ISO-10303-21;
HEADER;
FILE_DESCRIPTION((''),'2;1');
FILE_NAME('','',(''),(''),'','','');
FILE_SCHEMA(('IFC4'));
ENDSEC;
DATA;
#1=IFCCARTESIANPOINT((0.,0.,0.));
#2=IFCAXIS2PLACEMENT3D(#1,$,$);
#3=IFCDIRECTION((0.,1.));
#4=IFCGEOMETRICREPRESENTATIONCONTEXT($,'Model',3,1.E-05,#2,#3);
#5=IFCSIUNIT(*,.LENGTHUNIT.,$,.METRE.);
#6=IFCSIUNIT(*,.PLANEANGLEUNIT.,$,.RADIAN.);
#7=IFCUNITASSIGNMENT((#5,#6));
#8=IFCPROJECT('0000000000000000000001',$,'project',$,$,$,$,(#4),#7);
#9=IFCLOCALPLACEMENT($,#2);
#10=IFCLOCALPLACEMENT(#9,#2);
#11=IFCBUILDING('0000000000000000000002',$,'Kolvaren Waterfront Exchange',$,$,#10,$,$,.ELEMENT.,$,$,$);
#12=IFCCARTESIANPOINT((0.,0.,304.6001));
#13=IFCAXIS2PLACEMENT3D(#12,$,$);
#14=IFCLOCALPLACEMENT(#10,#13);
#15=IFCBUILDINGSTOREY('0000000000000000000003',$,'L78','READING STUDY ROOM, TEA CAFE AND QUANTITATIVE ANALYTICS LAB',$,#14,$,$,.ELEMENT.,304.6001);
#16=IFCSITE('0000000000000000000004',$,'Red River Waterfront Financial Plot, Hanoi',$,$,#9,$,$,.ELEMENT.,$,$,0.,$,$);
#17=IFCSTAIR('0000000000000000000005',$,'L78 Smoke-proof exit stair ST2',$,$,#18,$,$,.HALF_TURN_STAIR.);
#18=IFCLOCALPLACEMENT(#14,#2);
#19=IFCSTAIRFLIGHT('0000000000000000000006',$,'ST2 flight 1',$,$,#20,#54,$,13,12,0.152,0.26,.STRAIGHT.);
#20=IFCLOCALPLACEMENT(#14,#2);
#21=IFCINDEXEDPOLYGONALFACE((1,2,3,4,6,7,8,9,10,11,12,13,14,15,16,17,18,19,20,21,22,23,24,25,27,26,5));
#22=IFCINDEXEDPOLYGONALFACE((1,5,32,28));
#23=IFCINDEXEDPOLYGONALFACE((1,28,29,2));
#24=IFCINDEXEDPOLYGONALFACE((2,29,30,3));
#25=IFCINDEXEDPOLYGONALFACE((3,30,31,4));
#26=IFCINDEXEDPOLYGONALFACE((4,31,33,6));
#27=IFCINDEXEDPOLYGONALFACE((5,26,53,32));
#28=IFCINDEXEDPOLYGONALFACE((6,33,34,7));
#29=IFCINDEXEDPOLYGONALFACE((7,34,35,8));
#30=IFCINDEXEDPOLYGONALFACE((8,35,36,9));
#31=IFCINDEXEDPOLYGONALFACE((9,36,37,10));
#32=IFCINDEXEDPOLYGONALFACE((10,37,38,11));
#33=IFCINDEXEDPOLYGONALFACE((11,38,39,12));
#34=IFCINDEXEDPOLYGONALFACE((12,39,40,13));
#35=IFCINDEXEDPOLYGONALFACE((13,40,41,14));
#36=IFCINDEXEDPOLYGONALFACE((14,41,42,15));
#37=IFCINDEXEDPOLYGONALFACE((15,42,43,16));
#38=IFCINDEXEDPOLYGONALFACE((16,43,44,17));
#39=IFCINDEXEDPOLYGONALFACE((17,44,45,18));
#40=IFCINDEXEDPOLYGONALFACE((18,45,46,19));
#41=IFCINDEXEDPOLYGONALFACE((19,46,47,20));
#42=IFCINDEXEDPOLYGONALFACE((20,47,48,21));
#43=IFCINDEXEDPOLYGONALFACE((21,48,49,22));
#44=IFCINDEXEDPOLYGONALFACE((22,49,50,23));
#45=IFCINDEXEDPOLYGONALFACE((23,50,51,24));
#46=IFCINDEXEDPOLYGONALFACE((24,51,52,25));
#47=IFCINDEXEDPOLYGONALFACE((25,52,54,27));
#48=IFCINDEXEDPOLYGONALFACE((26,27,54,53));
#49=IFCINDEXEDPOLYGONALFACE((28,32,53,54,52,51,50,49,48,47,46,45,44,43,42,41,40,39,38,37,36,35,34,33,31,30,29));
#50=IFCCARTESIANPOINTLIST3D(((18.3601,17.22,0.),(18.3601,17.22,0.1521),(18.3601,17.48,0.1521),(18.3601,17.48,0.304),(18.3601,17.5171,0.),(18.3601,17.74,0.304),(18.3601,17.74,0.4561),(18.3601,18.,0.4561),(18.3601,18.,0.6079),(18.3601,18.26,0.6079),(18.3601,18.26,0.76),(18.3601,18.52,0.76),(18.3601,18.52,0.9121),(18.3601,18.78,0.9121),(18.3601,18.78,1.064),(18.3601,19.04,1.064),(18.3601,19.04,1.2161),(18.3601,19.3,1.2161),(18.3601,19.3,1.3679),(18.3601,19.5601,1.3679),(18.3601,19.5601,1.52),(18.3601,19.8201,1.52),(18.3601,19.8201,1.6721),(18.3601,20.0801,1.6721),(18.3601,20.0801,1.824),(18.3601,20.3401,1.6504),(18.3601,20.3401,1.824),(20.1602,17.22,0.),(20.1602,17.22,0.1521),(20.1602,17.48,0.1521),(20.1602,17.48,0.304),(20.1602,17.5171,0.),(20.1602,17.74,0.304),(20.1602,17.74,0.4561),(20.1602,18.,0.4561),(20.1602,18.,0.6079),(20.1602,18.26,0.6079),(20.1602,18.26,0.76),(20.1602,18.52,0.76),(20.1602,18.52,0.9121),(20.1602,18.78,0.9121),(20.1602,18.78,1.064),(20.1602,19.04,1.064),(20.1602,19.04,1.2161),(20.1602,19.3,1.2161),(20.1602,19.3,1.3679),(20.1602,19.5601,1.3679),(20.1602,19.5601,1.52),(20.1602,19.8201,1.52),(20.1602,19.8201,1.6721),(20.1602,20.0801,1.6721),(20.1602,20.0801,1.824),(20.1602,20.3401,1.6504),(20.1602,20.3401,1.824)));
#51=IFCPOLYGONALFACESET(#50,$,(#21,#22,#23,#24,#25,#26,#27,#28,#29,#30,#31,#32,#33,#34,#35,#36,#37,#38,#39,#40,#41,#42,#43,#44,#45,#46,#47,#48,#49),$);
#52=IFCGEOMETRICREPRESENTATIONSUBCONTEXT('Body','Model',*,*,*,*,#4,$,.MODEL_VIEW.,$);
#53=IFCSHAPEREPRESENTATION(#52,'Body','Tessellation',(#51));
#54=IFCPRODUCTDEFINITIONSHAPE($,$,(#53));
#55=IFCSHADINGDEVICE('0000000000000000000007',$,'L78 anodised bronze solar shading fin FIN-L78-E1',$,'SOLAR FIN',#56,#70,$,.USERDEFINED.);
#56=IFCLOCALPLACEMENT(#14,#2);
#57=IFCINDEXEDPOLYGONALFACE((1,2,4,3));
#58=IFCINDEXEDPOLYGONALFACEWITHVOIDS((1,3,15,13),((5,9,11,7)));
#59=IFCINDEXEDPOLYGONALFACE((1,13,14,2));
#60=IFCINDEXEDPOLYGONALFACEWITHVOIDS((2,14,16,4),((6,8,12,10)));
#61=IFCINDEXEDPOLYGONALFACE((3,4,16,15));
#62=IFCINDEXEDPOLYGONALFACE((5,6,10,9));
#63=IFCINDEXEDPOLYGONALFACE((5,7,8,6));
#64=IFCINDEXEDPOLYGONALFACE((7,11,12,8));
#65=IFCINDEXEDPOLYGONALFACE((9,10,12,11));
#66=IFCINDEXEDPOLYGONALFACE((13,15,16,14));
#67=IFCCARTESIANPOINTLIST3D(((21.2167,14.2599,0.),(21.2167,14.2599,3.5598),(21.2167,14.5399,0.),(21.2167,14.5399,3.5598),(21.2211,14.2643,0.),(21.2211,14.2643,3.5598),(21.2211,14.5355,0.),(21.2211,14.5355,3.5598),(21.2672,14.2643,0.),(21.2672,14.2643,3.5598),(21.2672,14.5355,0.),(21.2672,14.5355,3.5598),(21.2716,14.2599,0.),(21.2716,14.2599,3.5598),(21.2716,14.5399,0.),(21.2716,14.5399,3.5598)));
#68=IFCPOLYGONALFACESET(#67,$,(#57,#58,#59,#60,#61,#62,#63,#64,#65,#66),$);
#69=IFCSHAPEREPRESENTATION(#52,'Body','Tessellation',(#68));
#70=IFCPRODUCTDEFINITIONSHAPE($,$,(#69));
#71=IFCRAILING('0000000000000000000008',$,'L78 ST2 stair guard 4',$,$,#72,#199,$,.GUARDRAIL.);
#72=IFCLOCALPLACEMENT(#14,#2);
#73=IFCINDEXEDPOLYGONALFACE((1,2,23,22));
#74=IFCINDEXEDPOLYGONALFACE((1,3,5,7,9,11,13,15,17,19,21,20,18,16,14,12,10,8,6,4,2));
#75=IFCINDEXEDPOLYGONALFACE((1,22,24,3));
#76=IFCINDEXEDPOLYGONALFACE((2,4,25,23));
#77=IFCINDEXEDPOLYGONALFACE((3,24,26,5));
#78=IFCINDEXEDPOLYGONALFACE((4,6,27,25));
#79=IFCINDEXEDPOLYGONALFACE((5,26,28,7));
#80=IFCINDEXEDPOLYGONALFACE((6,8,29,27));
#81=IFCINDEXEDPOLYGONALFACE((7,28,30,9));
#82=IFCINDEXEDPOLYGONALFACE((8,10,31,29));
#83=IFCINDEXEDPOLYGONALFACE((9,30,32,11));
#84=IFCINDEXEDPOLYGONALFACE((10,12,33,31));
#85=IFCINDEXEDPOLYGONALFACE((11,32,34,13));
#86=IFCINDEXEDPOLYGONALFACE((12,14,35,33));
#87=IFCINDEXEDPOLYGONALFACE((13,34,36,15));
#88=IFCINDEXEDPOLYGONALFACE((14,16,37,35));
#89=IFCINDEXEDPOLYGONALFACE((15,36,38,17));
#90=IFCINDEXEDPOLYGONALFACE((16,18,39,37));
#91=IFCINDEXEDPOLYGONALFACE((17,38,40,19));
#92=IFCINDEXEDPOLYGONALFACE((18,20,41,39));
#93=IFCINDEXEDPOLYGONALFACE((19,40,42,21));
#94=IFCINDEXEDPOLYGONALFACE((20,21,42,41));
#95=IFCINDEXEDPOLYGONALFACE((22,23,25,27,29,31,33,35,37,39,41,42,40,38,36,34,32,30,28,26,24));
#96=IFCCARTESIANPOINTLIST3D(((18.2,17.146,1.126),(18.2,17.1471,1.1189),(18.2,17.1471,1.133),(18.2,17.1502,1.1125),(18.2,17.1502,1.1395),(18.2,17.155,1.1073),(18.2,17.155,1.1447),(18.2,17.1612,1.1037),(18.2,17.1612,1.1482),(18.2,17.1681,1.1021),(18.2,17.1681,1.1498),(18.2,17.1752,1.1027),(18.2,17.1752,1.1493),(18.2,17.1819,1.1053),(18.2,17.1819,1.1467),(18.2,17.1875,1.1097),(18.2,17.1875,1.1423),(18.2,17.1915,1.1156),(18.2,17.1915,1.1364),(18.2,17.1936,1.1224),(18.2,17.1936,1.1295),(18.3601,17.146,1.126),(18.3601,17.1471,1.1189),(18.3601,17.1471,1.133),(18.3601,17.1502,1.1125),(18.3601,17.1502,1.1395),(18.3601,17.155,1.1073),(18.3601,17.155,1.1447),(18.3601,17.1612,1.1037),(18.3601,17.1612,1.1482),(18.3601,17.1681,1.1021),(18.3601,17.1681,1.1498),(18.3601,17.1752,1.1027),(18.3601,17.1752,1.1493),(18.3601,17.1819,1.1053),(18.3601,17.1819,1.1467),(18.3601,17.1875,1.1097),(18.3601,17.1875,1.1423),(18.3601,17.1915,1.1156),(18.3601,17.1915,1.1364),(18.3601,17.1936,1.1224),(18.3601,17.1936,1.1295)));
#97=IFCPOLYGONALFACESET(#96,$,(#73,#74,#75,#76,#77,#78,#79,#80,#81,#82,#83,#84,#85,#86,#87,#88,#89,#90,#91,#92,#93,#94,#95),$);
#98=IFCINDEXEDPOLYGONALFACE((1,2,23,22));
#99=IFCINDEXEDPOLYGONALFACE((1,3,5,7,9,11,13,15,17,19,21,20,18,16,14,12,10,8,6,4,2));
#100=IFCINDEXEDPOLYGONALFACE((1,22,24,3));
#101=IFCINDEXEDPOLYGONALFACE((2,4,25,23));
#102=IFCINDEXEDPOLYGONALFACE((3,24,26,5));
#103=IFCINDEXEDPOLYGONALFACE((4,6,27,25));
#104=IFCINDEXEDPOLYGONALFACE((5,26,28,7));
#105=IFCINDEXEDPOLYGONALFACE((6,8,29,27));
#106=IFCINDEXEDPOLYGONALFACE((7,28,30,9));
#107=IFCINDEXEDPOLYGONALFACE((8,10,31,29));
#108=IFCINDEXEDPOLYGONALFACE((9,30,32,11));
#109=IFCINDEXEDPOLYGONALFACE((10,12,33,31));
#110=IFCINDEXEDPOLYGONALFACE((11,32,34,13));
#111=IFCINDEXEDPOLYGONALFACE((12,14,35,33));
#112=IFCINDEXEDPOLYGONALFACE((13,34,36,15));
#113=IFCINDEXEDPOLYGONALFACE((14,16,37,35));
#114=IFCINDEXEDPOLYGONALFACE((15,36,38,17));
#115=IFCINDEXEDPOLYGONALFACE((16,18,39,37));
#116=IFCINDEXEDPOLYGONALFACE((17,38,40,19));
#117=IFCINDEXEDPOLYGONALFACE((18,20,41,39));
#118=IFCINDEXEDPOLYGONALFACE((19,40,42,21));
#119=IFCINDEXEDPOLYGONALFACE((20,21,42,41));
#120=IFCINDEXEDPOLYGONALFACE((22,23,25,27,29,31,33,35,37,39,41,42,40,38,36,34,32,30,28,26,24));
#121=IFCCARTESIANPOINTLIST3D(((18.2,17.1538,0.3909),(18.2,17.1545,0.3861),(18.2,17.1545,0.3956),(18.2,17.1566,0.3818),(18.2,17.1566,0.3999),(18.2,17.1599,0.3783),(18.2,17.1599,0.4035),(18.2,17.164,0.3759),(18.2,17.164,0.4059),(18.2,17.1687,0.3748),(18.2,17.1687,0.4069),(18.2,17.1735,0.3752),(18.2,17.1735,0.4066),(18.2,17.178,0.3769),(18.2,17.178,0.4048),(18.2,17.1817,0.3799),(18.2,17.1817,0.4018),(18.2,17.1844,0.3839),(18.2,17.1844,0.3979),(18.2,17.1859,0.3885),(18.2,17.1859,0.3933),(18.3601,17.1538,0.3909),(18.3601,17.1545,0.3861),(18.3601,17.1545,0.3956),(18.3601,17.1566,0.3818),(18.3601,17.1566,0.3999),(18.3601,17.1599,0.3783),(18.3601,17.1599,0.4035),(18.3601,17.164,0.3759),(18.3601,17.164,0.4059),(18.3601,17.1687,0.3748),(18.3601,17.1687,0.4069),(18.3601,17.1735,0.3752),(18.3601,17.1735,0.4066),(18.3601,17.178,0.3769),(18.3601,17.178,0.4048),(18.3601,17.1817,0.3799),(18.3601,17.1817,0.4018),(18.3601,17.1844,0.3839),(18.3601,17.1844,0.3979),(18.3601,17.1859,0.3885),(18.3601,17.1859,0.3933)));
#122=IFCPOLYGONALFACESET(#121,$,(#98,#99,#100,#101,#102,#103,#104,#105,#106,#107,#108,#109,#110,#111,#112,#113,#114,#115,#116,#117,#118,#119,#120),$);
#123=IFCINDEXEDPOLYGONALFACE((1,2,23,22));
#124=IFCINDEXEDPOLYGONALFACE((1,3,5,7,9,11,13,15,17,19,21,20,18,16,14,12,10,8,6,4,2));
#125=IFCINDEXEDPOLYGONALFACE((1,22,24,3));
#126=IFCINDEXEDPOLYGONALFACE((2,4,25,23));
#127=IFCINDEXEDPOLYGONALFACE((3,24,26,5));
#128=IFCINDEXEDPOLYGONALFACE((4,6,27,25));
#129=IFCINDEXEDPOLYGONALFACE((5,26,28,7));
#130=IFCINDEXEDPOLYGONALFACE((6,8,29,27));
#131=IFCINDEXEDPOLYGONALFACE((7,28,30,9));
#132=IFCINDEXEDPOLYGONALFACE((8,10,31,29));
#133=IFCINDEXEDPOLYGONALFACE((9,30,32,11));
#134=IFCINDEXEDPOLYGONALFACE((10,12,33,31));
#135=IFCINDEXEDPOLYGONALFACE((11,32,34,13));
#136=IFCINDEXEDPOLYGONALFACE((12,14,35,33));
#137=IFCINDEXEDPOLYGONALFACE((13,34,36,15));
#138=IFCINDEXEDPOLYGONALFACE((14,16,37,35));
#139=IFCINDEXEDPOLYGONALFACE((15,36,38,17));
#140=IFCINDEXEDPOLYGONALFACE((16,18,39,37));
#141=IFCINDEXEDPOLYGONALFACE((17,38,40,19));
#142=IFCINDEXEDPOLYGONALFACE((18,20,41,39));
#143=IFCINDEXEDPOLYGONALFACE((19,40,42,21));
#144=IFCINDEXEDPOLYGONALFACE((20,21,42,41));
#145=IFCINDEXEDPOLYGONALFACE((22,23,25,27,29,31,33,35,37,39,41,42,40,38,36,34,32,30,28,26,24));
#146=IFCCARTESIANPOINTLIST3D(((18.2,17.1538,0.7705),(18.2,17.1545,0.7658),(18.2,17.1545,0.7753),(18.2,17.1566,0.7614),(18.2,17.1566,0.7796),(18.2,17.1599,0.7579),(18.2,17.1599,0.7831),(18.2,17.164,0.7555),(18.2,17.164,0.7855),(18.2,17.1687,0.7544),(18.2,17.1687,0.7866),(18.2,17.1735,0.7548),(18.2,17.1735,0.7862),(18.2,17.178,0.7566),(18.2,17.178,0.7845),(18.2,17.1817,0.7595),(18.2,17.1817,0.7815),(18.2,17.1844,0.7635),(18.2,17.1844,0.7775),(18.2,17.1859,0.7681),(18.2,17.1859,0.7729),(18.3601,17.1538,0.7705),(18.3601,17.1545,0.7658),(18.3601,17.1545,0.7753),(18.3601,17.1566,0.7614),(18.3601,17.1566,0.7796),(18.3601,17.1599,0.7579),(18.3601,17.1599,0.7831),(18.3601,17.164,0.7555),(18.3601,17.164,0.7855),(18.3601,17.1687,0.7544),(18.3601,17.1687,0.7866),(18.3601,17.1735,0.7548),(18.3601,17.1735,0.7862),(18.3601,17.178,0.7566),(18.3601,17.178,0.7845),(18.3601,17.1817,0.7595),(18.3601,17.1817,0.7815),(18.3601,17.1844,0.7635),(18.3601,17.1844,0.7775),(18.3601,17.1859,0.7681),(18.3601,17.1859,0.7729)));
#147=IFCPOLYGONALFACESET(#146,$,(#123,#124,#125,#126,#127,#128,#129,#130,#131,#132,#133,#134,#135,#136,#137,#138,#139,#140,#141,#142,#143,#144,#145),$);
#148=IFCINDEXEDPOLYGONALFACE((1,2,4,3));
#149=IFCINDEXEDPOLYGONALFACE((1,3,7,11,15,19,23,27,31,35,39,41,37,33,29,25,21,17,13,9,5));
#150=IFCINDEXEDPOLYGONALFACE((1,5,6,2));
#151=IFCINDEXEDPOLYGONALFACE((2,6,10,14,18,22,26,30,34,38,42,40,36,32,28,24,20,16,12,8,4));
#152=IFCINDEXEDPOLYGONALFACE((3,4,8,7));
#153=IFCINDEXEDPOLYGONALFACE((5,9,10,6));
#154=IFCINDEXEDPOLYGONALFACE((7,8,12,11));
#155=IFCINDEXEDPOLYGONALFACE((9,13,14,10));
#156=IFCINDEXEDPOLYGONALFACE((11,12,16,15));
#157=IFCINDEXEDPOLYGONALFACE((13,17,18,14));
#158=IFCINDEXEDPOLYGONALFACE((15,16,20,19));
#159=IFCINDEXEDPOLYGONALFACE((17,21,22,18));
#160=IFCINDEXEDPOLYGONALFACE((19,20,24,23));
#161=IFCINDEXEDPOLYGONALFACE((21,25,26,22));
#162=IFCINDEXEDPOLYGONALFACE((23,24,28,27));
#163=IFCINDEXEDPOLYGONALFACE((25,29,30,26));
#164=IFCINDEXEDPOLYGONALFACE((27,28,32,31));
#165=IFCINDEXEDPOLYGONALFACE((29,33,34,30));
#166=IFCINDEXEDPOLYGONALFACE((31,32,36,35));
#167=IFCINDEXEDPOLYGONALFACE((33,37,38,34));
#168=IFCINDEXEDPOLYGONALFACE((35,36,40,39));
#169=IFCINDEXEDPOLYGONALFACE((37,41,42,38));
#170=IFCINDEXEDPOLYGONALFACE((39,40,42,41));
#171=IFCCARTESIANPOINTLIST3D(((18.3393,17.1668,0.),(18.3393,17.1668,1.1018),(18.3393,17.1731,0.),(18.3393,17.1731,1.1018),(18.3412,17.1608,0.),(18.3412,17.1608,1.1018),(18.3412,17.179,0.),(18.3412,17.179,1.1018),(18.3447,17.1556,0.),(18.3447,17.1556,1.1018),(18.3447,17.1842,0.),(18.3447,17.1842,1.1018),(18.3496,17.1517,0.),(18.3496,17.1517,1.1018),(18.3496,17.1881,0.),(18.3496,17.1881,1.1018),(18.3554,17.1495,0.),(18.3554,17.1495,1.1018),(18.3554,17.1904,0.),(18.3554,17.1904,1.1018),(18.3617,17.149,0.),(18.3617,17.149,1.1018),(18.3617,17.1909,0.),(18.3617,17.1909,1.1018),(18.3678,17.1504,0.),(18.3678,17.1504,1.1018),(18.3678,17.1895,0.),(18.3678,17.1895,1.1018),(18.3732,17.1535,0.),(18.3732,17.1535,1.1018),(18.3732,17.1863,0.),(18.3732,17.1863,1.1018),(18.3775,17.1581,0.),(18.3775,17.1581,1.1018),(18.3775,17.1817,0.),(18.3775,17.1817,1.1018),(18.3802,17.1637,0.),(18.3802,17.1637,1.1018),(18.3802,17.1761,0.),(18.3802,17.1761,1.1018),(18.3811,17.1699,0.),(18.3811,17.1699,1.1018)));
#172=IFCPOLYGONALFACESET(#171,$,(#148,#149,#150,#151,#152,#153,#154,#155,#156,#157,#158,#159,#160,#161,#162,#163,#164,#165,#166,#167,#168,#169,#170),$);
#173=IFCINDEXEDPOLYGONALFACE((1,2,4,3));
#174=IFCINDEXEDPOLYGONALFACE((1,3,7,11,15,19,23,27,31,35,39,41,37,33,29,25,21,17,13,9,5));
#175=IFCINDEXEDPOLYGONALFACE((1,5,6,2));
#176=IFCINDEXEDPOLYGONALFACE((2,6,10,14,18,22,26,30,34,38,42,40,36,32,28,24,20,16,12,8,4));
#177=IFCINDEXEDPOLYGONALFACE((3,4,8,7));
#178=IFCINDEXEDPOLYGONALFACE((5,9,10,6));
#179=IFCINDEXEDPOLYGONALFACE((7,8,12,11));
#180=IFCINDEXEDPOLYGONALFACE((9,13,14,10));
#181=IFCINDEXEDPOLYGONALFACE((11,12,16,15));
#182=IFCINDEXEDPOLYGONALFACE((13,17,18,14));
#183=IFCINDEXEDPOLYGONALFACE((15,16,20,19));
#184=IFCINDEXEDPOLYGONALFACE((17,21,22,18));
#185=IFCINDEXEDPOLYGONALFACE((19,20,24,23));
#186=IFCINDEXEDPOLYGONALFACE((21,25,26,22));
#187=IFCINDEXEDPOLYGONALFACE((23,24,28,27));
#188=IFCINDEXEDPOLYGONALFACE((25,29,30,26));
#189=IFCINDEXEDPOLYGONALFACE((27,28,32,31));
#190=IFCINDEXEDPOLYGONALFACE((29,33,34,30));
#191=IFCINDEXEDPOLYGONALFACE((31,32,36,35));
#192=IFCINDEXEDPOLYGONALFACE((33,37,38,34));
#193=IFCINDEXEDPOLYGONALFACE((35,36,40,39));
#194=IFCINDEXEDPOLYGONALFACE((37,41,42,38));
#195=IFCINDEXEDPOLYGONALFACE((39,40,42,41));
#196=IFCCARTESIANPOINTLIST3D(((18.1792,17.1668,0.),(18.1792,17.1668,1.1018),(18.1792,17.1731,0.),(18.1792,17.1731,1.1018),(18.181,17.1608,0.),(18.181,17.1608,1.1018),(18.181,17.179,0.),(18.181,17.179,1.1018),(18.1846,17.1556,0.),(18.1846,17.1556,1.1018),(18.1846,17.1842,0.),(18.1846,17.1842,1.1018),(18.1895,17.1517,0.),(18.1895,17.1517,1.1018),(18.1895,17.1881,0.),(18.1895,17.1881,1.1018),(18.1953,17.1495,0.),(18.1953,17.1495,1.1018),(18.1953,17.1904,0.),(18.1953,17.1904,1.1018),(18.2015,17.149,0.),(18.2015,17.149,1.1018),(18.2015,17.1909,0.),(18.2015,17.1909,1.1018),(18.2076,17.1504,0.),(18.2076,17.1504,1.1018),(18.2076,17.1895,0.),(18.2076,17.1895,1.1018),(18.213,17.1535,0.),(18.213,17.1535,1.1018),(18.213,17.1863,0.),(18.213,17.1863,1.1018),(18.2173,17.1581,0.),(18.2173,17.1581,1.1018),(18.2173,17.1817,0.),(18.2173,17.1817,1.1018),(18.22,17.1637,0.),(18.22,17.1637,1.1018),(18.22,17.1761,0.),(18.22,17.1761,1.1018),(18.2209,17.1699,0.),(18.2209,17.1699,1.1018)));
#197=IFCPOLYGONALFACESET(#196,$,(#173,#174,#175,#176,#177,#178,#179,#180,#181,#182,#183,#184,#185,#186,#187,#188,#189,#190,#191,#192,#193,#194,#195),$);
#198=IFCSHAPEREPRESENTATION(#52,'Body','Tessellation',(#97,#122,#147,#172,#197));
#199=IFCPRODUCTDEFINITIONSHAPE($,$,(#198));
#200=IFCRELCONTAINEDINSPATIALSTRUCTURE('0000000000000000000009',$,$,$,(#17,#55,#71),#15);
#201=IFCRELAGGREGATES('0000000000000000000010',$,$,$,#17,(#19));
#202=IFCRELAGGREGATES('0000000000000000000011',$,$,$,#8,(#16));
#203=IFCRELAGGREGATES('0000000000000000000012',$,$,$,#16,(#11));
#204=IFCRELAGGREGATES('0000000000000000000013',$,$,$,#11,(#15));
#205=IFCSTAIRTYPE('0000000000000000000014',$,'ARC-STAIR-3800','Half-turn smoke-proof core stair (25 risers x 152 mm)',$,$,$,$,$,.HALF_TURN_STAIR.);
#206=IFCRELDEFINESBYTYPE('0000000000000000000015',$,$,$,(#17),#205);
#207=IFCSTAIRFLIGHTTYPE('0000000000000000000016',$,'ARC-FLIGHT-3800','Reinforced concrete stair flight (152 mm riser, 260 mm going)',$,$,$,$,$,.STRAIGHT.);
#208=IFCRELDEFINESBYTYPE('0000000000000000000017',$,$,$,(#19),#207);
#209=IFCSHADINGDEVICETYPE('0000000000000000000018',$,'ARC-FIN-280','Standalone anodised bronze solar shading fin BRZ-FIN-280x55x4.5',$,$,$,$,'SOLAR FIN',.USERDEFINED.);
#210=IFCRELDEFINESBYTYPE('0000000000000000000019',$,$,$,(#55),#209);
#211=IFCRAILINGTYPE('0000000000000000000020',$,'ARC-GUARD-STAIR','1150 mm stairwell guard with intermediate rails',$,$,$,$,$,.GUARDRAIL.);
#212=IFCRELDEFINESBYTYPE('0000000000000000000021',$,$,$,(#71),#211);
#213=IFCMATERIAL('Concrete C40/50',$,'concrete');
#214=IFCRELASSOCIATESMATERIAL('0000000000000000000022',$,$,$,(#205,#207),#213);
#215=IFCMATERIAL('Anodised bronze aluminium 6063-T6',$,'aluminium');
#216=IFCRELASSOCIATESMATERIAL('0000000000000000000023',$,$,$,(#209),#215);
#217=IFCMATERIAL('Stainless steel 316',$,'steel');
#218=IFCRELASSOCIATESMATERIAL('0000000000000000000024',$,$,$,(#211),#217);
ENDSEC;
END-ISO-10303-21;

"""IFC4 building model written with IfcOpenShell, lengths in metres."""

from ifc_helpers import new_model, si_unit, direction, frame, origin, origin_2d, place, context, subcontext, project, spatial, polyline, hollow_rectangle, circle, outline, extrude, material, material_profile, profile_set, type_object, element, aggregate, save


model = new_model("IFC4")

# Units and contexts
model_context = context("Model", 3, precision=1e-05, world=origin(), true_north=direction((0.0, 1.0)))
body_context = subcontext(model_context, "Body", "Model", "MODEL_VIEW")
ifc_project = project(units=[si_unit("LENGTHUNIT", "METRE"), si_unit("PLANEANGLEUNIT", "RADIAN")], contexts=[model_context])

# Site, building, storey
site_placement = place(None, origin())
site = spatial("IfcSite", under=ifc_project, at=site_placement, Name="Red River Waterfront Financial Plot, Hanoi", CompositionType="ELEMENT", RefElevation=0.0)
building_placement = place(site_placement, origin())
building = spatial("IfcBuilding", under=site, at=building_placement, Name="Kolvaren Waterfront Exchange", CompositionType="ELEMENT")
storey_placement = place(building_placement, frame((0.0, 0.0, 304.6001)))
storey = spatial("IfcBuildingStorey", under=building, at=storey_placement, Name="L78", Description="READING STUDY ROOM, TEA CAFE AND QUANTITATIVE ANALYTICS LAB", CompositionType="ELEMENT", Elevation=304.6001)

# Shared definitions
ifc_material_1 = material(Name="Concrete C40/50", Category="concrete")

# Stair, stair flight
stair_type = type_object("IfcStairType", Name="ARC-STAIR-3800", Description="Half-turn smoke-proof core stair (25 risers x 152 mm)", PredefinedType="HALF_TURN_STAIR", material=ifc_material_1)
stair_placement = place(storey_placement, origin())
stair = element("IfcStair", 1, at=stair_placement, inside=storey, type_object=stair_type, Name="L78 Smoke-proof exit stair ST2", PredefinedType="HALF_TURN_STAIR")
stair_flight_type = type_object("IfcStairFlightType", Name="ARC-FLIGHT-3800", Description="Reinforced concrete stair flight (152 mm riser, 260 mm going)", PredefinedType="STRAIGHT", material=ifc_material_1)
stair_flight_placement = place(storey_placement, frame((19.26, 17.22, 0.0), z_axis=(0.0, 0.0, 1.0), x_axis=(0.0, 1.0, 0.0)))
stair_flight = element("IfcStairFlight", 2, at=stair_flight_placement, type_object=stair_flight_type, Name="ST2 flight 1", NumberOfRisers=13, NumberOfTreads=12, PredefinedType="STRAIGHT", RiserHeight=0.152, TreadLength=0.26, context=body_context, shape_type="SweptSolid", body=[
    extrude(outline(polyline([(0.0, 0.0), (0.0, 0.1521), (0.26, 0.1521), (0.26, 0.304), (0.52, 0.304), (0.52, 0.4561), (0.78, 0.4561), (0.78, 0.6079), (1.04, 0.6079), (1.04, 0.76), (1.3, 0.76), (1.3, 0.9121), (1.5601, 0.9121), (1.5601, 1.064), (1.8201, 1.064), (1.8201, 1.2161), (2.0801, 1.2161), (2.0801, 1.3679), (2.3401, 1.3679), (2.3401, 1.52), (2.6001, 1.52), (2.6001, 1.6721), (2.8601, 1.6721), (2.8601, 1.824), (3.1201, 1.824), (3.1201, 1.9761), (3.1201, 1.6504), (0.2971, 0.0), (0.0, 0.0)])), frame((0.0, 0.8999, 0.0), z_axis=(0.0, -1.0, 0.0), x_axis=(1.0, 0.0, 0.0)), (0.0, 0.0, 1.0), 1.8),
])
aggregate(stair, [stair_flight])

# Shading device
ifc_material_2 = material(Name="Anodised bronze aluminium 6063-T6", Category="aluminium")
ifc_material_profile_1 = material_profile(ifc_material_2, hollow_rectangle(XDim=0.0549, YDim=0.28, WallThickness=0.0044, at=origin_2d()), Name="BRZ-FIN-280x55x4.5")
ifc_profile_set_1 = profile_set([ifc_material_profile_1], Name="Anodised bronze aluminium 6063-T6")
shading_device_type = type_object("IfcShadingDeviceType", Name="ARC-FIN-280", Description="Standalone anodised bronze solar shading fin BRZ-FIN-280x55x4.5", ElementType="SOLAR FIN", PredefinedType="USERDEFINED", material=ifc_profile_set_1)
shading_device_placement = place(storey_placement, frame((21.2441, 14.3999, 0.0), z_axis=(0.0, 0.0, 1.0), x_axis=(1.0, 0.0, 0.0)))
element("IfcShadingDevice", 3, at=shading_device_placement, inside=storey, type_object=shading_device_type, Name="L78 anodised bronze solar shading fin FIN-L78-E1", ObjectType="SOLAR FIN", PredefinedType="USERDEFINED", context=body_context, shape_type="SweptSolid", body=[
    extrude(hollow_rectangle(XDim=0.0549, YDim=0.28, WallThickness=0.0044, at=origin_2d()), origin(), (0.0, 0.0, 1.0), 3.5598),
])

# Railing
ifc_material_3 = material(Name="Stainless steel 316", Category="steel")
railing_type_1 = type_object("IfcRailingType", Name="ARC-GUARD-STAIR", Description="1150 mm stairwell guard with intermediate rails", PredefinedType="GUARDRAIL", material=ifc_material_3)
railing_1_placement = place(storey_placement, frame((18.3601, 17.1699, 0.0)))
element("IfcRailing", 4, at=railing_1_placement, inside=storey, type_object=railing_type_1, Name="L78 ST2 stair guard 4", PredefinedType="GUARDRAIL", context=body_context, shape_type="SweptSolid", body=[
    extrude(circle(Radius=0.0239, at=origin_2d()), frame((0.0, 0.0, 1.126), z_axis=(-1.0, 0.0, 0.0), x_axis=(0.0, -1.0, 0.0)), (0.0, 0.0, 1.0), 0.1602),
    extrude(circle(Radius=0.0161, at=origin_2d()), frame((0.0, 0.0, 0.3909), z_axis=(-1.0, 0.0, 0.0), x_axis=(0.0, -1.0, 0.0)), (0.0, 0.0, 1.0), 0.1602),
    extrude(circle(Radius=0.0161, at=origin_2d()), frame((0.0, 0.0, 0.7705), z_axis=(-1.0, 0.0, 0.0), x_axis=(0.0, -1.0, 0.0)), (0.0, 0.0, 1.0), 0.1602),
    extrude(circle(Radius=0.021, at=origin_2d()), origin(), (0.0, 0.0, 1.0), 1.1018),
    extrude(circle(Radius=0.021, at=origin_2d()), frame((-0.1602, 0.0, 0.0)), (0.0, 0.0, 1.0), 1.1018),
])

save(model, "model.ifc")
